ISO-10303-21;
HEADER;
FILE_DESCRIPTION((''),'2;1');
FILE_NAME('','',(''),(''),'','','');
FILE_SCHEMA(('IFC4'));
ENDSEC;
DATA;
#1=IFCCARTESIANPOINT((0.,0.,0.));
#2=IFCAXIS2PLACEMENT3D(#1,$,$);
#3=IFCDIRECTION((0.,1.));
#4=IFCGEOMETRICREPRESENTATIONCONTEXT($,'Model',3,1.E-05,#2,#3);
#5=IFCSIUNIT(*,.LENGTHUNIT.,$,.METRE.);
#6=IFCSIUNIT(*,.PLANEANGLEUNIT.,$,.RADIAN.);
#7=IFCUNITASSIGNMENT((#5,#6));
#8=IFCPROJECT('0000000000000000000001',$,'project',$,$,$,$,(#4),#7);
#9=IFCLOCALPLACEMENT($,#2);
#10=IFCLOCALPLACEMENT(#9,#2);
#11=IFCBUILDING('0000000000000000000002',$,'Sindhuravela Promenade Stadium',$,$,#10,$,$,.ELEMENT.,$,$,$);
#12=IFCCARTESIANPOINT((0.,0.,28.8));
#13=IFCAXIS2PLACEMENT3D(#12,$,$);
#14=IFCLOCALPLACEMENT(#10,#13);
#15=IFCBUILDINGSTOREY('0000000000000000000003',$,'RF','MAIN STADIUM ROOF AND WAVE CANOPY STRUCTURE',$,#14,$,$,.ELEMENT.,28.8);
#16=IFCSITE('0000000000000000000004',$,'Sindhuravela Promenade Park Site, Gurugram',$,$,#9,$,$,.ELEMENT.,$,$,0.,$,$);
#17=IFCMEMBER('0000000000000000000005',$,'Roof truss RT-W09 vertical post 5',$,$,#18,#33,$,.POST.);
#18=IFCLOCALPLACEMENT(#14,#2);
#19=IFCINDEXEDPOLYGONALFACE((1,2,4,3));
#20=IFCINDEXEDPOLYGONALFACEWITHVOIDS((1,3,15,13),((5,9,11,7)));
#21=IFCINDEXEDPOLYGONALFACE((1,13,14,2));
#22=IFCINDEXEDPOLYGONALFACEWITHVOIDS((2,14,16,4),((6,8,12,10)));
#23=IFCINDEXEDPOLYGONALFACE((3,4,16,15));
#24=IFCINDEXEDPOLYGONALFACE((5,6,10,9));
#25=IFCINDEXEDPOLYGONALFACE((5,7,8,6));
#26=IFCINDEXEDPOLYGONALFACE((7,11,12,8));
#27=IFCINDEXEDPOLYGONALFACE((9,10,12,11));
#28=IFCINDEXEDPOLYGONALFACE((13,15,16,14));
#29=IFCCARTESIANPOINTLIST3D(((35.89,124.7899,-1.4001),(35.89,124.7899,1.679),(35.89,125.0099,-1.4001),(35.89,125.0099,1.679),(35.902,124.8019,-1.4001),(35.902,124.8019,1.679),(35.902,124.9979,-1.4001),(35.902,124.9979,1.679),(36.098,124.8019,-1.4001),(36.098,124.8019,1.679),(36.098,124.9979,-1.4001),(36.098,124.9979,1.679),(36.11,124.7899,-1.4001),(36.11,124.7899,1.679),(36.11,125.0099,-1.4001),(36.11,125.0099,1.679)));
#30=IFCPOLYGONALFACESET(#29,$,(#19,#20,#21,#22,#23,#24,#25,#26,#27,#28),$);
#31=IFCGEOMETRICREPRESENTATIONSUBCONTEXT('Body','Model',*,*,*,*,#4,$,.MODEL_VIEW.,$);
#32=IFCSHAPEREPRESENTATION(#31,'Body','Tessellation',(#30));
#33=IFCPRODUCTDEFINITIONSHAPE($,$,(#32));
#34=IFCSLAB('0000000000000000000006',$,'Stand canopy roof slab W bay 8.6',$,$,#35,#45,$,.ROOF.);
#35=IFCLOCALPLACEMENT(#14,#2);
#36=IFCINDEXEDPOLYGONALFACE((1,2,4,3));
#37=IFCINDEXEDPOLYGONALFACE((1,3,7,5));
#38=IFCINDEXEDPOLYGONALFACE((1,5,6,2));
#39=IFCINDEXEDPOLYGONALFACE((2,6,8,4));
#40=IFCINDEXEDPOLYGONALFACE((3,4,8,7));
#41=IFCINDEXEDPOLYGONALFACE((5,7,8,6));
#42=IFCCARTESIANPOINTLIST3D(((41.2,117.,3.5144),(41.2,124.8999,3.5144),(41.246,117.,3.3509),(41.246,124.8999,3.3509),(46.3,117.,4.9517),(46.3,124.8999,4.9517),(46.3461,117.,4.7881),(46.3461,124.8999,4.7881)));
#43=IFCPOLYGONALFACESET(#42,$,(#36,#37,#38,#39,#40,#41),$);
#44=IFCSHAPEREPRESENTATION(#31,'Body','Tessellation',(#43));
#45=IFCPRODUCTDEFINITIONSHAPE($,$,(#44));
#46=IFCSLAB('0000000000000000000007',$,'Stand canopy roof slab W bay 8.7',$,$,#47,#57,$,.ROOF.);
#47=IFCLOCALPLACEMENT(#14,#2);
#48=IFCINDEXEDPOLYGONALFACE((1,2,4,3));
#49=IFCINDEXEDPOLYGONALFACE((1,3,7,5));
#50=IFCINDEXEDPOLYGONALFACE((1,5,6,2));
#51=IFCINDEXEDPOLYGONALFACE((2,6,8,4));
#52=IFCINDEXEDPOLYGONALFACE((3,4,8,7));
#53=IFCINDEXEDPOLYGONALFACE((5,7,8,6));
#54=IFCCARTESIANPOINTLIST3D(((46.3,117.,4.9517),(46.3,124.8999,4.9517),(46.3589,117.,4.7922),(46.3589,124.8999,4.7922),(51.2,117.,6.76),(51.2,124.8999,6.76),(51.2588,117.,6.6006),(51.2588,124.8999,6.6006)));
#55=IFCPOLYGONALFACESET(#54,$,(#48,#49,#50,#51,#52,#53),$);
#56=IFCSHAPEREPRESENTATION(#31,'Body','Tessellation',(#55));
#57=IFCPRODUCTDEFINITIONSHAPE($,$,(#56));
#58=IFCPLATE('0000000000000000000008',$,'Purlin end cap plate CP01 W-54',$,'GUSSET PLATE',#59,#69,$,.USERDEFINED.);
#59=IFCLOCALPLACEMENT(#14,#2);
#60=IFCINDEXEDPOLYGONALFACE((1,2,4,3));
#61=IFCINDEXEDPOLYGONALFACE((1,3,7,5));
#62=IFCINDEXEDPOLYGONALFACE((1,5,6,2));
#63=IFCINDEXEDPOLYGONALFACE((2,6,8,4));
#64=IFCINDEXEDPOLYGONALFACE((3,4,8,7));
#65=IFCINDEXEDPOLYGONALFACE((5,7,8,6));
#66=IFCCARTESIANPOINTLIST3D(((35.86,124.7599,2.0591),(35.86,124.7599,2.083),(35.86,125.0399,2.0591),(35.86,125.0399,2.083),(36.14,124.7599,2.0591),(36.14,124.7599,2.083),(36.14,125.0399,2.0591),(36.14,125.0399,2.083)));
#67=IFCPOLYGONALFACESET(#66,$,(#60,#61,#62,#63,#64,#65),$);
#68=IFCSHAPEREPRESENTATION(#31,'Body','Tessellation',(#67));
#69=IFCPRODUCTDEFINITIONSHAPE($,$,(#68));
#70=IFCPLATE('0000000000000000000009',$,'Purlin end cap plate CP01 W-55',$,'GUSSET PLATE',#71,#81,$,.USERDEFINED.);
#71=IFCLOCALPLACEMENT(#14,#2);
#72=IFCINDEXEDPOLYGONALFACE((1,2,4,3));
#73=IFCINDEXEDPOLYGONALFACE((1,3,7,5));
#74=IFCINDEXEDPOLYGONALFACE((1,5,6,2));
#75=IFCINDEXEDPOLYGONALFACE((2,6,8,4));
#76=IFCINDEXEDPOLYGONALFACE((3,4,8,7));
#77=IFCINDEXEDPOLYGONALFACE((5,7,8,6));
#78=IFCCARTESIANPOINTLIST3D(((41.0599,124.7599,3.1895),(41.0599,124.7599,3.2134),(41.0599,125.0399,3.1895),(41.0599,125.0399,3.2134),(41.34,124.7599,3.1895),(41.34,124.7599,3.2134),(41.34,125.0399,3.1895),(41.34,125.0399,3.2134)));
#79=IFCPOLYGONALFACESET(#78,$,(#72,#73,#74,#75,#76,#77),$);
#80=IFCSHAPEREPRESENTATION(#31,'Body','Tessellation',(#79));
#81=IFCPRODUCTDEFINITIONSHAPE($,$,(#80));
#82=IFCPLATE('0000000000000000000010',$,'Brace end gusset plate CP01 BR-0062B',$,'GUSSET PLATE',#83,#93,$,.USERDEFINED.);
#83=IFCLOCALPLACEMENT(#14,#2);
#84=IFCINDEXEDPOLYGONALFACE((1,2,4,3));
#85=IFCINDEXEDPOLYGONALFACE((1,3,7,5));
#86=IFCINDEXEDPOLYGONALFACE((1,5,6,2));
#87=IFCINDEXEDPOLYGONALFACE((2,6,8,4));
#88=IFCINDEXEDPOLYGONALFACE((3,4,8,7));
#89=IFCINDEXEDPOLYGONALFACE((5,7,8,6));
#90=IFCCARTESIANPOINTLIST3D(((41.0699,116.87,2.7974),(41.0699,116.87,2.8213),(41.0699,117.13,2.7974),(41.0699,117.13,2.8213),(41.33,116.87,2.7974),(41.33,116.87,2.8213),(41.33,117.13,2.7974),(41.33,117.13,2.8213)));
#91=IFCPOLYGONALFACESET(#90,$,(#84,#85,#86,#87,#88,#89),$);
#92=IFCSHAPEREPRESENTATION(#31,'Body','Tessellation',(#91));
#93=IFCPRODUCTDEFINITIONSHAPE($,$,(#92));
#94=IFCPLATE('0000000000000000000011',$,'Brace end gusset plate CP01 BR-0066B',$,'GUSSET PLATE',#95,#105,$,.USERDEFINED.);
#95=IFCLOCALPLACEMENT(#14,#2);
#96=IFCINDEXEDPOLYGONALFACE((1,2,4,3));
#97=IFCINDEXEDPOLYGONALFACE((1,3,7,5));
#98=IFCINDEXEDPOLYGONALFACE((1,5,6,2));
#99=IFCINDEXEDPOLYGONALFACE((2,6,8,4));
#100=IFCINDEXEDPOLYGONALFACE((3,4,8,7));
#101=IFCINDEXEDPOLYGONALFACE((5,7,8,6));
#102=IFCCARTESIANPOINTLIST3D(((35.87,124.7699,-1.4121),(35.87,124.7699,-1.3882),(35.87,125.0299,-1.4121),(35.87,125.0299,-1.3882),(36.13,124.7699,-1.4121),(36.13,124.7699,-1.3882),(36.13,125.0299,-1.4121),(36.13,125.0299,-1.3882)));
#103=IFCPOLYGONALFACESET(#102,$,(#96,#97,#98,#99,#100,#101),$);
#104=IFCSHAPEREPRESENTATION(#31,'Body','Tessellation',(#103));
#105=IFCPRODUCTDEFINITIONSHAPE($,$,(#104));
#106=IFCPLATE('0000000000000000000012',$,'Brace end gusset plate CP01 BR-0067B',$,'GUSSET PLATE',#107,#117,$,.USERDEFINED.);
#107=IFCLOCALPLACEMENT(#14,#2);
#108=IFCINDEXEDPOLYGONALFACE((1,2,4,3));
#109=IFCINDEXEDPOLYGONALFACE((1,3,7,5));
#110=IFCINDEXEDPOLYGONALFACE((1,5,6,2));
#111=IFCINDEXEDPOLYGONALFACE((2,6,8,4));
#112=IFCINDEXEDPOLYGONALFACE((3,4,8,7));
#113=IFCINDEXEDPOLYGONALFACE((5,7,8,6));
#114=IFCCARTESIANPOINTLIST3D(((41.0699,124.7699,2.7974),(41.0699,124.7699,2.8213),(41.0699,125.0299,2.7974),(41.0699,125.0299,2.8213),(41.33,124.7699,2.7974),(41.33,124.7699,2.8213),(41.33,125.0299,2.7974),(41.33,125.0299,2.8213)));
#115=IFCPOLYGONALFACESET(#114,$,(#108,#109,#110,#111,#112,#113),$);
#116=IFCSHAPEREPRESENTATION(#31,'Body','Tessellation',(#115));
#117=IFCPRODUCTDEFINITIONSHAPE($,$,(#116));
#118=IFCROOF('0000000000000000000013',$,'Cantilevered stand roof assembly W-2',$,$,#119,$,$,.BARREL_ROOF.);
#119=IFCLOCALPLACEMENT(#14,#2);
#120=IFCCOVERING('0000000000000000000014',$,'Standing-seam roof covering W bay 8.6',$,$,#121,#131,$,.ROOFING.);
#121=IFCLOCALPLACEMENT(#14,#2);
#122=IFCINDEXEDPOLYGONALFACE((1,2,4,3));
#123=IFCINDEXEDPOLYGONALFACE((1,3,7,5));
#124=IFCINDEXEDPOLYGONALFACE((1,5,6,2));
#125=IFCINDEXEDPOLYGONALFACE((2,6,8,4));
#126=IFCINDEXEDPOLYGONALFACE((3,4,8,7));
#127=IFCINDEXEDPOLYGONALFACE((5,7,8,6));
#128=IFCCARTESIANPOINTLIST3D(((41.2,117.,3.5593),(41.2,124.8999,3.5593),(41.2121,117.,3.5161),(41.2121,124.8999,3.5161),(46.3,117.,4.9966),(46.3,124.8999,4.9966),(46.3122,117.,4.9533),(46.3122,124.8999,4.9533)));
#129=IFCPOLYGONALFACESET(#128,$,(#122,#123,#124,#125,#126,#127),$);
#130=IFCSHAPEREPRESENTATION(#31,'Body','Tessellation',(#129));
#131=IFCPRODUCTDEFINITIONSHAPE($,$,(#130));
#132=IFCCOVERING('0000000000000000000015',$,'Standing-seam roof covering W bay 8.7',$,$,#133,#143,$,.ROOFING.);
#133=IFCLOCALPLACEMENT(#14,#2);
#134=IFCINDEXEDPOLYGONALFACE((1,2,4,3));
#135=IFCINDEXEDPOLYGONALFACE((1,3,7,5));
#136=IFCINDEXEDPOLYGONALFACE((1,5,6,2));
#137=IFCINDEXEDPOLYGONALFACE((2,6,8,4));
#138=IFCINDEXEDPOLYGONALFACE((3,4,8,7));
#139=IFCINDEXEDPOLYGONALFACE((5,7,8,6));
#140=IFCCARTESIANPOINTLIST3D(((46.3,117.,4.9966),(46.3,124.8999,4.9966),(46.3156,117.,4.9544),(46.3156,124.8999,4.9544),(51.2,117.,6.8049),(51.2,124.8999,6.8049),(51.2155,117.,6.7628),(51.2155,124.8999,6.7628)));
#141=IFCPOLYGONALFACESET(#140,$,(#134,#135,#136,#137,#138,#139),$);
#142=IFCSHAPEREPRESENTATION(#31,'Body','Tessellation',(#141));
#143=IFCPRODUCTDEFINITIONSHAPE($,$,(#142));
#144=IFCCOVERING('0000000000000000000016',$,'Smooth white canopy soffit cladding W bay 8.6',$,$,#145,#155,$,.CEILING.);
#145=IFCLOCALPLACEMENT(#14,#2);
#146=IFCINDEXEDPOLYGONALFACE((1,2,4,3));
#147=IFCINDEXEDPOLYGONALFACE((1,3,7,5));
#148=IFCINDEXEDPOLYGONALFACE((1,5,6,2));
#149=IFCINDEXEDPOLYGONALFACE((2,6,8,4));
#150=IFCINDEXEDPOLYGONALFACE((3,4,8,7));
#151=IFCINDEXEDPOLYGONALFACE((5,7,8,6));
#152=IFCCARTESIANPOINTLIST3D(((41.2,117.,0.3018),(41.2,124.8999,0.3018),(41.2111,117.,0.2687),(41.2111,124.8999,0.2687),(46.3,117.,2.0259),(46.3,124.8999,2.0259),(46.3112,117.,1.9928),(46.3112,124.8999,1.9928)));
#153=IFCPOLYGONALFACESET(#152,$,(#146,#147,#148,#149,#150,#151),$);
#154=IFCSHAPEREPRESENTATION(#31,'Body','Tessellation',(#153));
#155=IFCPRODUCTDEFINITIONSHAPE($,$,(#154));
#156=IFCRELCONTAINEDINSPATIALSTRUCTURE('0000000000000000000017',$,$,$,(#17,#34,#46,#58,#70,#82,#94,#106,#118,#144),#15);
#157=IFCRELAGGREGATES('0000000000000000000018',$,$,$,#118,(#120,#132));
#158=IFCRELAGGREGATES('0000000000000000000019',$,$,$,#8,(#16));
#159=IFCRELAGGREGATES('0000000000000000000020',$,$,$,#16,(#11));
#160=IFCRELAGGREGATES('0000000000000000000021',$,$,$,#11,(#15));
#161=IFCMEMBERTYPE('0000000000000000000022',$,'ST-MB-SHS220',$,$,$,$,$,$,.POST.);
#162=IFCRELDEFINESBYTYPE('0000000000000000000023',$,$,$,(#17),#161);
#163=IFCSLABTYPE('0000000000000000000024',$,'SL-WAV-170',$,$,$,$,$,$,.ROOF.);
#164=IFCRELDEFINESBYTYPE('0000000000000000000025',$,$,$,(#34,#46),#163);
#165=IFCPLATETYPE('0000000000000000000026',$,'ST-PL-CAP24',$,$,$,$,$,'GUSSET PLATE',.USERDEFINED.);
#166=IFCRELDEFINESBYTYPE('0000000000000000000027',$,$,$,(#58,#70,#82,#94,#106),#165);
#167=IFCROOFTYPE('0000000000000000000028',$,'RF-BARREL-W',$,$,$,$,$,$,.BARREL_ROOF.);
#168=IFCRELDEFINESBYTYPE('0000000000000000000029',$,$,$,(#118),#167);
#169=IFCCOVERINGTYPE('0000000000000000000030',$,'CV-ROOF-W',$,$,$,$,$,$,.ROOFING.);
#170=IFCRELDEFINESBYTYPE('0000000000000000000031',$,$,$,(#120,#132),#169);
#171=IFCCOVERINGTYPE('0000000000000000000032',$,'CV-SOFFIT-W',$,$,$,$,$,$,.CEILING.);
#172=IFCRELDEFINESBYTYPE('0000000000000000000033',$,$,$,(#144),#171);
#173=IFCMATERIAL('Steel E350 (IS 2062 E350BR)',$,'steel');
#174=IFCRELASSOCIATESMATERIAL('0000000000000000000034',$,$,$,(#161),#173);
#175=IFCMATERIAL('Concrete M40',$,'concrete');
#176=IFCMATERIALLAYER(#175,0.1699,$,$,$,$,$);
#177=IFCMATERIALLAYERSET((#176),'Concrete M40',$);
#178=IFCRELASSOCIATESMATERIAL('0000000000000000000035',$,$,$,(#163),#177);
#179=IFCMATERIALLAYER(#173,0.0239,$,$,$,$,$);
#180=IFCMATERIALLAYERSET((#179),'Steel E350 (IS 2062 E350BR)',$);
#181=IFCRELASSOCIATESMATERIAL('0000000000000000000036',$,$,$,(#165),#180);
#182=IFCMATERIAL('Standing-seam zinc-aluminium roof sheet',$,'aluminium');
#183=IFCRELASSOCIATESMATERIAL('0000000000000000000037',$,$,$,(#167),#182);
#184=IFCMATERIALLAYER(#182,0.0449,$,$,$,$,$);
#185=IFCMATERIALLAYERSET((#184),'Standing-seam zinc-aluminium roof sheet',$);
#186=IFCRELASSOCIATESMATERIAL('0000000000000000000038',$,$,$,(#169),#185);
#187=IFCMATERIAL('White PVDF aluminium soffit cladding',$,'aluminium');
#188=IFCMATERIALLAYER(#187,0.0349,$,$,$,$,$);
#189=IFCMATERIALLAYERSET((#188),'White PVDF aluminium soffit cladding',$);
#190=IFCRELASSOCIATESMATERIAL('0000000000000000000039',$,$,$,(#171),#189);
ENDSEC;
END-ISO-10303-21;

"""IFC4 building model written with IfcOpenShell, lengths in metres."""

from ifc_helpers import new_model, si_unit, direction, frame, origin, origin_2d, place, context, subcontext, project, spatial, polyline, rectangle, hollow_rectangle, outline, extrude, material, layer, layer_set, material_profile, profile_set, type_object, element, aggregate, save


model = new_model("IFC4")

# Units and contexts
model_context = context("Model", 3, precision=1e-05, world=origin(), true_north=direction((0.0, 1.0)))
body_context = subcontext(model_context, "Body", "Model", "MODEL_VIEW")
ifc_project = project(units=[si_unit("LENGTHUNIT", "METRE"), si_unit("PLANEANGLEUNIT", "RADIAN")], contexts=[model_context])

# Site, building, storey
site_placement = place(None, origin())
site = spatial("IfcSite", under=ifc_project, at=site_placement, Name="Sindhuravela Promenade Park Site, Gurugram", CompositionType="ELEMENT", RefElevation=0.0)
building_placement = place(site_placement, origin())
building = spatial("IfcBuilding", under=site, at=building_placement, Name="Sindhuravela Promenade Stadium", CompositionType="ELEMENT")
storey_placement = place(building_placement, frame((0.0, 0.0, 28.8)))
storey = spatial("IfcBuildingStorey", under=building, at=storey_placement, Name="RF", Description="MAIN STADIUM ROOF AND WAVE CANOPY STRUCTURE", CompositionType="ELEMENT", Elevation=28.8)

# Shared definitions
ifc_material_1 = material(Name="Steel E350 (IS 2062 E350BR)", Category="steel")

# Member
ifc_material_profile_1 = material_profile(ifc_material_1, hollow_rectangle(XDim=0.22, YDim=0.22, WallThickness=0.012, at=origin_2d()), Name="SHS 220x220x12")
ifc_profile_set_1 = profile_set([ifc_material_profile_1], Name="Steel E350 (IS 2062 E350BR)")
member_type_1 = type_object("IfcMemberType", Name="ST-MB-SHS220", PredefinedType="POST", material=ifc_profile_set_1)
member_1_placement = place(storey_placement, frame((36.0, 124.8999, -1.4001), z_axis=(0.0, 0.0, 1.0), x_axis=(1.0, 0.0, 0.0)))
element("IfcMember", 1, at=member_1_placement, inside=storey, type_object=member_type_1, Name="Roof truss RT-W09 vertical post 5", PredefinedType="POST", context=body_context, shape_type="SweptSolid", body=[
    extrude(hollow_rectangle(XDim=0.22, YDim=0.22, WallThickness=0.012, at=origin_2d()), origin(), (0.0, 0.0, 1.0), 3.0791),
])

# Slabs
ifc_material_2 = material(Name="Concrete M40", Category="concrete")
ifc_layer_1 = layer(ifc_material_2, 0.1699)
ifc_layer_set_1 = layer_set([ifc_layer_1], Name="Concrete M40")
slab_type = type_object("IfcSlabType", Name="SL-WAV-170", PredefinedType="ROOF", material=ifc_layer_set_1)
slab_1_placement = place(storey_placement, frame((41.2, 117.0, 3.5144), z_axis=(-0.271245, 0.0, 0.96251), x_axis=(0.0, 1.0, 0.0)))
element("IfcSlab", 2, at=slab_1_placement, inside=storey, type_object=slab_type, Name="Stand canopy roof slab W bay 8.6", PredefinedType="ROOF", context=body_context, shape_type="SweptSolid", body=[
    extrude(outline(polyline([(0.0, 0.0), (0.0, -5.2987), (7.8999, -5.2987), (7.8999, 0.0), (0.0, 0.0)])), origin(), (0.0, 0.0, -1.0), 0.1699),
])
slab_2_placement = place(storey_placement, frame((46.3, 117.0, 4.9517), z_axis=(-0.346232, 0.0, 0.938149), x_axis=(0.0, 1.0, 0.0)))
element("IfcSlab", 3, at=slab_2_placement, inside=storey, type_object=slab_type, Name="Stand canopy roof slab W bay 8.7", PredefinedType="ROOF", context=body_context, shape_type="SweptSolid", body=[
    extrude(outline(polyline([(0.0, 0.0), (0.0, -5.2229), (7.8999, -5.2229), (7.8999, 0.0), (0.0, 0.0)])), origin(), (0.0, 0.0, -1.0), 0.1699),
])

# Plates
ifc_layer_2 = layer(ifc_material_1, 0.0239)
ifc_layer_set_2 = layer_set([ifc_layer_2], Name="Steel E350 (IS 2062 E350BR)")
plate_type = type_object("IfcPlateType", Name="ST-PL-CAP24", ElementType="GUSSET PLATE", PredefinedType="USERDEFINED", material=ifc_layer_set_2)
for number, where, z_axis, x_axis, name in (
    (4, (36.0, 124.8999, 2.0591), (0.0, 0.0, 1.0), (1.0, 0.0, 0.0), "Purlin end cap plate CP01 W-54"),
    (5, (41.2, 124.8999, 3.1895), (0.0, 0.0, 1.0), (1.0, 0.0, 0.0), "Purlin end cap plate CP01 W-55"),
):
    element("IfcPlate", number, at=place(storey_placement, frame(where, z_axis=z_axis, x_axis=x_axis)), inside=storey, type_object=plate_type, Name=name, ObjectType="GUSSET PLATE", PredefinedType="USERDEFINED", context=body_context, shape_type="SweptSolid", body=[
        extrude(rectangle(XDim=0.28, YDim=0.28, at=origin_2d()), origin(), (0.0, 0.0, 1.0), 0.0239),
    ])
for number, where, z_axis, x_axis, name in (
    (6, (41.2, 117.0, 2.7974), (0.0, 0.0, 1.0), (1.0, 0.0, 0.0), "Brace end gusset plate CP01 BR-0062B"),
    (7, (36.0, 124.8999, -1.4121), (0.0, 0.0, 1.0), (1.0, 0.0, 0.0), "Brace end gusset plate CP01 BR-0066B"),
    (8, (41.2, 124.8999, 2.7974), (0.0, 0.0, 1.0), (1.0, 0.0, 0.0), "Brace end gusset plate CP01 BR-0067B"),
):
    element("IfcPlate", number, at=place(storey_placement, frame(where, z_axis=z_axis, x_axis=x_axis)), inside=storey, type_object=plate_type, Name=name, ObjectType="GUSSET PLATE", PredefinedType="USERDEFINED", context=body_context, shape_type="SweptSolid", body=[
        extrude(rectangle(XDim=0.26, YDim=0.26, at=origin_2d()), origin(), (0.0, 0.0, 1.0), 0.0239),
    ])

# Roof, coverings
ifc_material_3 = material(Name="Standing-seam zinc-aluminium roof sheet", Category="aluminium")
roof_type = type_object("IfcRoofType", Name="RF-BARREL-W", PredefinedType="BARREL_ROOF", material=ifc_material_3)
roof_placement = place(storey_placement, origin())
roof = element("IfcRoof", 9, at=roof_placement, inside=storey, type_object=roof_type, Name="Cantilevered stand roof assembly W-2", PredefinedType="BARREL_ROOF")
ifc_layer_3 = layer(ifc_material_3, 0.0449)
ifc_layer_set_3 = layer_set([ifc_layer_3], Name="Standing-seam zinc-aluminium roof sheet")
covering_type_1 = type_object("IfcCoveringType", Name="CV-ROOF-W", PredefinedType="ROOFING", material=ifc_layer_set_3)
covering_1_placement = place(storey_placement, frame((41.2, 117.0, 3.5593), z_axis=(-0.271245, 0.0, 0.96251), x_axis=(0.0, 1.0, 0.0)))
covering_1 = element("IfcCovering", 10, at=covering_1_placement, type_object=covering_type_1, Name="Standing-seam roof covering W bay 8.6", PredefinedType="ROOFING", context=body_context, shape_type="SweptSolid", body=[
    extrude(outline(polyline([(0.0, 0.0), (0.0, -5.2987), (7.8999, -5.2987), (7.8999, 0.0), (0.0, 0.0)])), origin(), (0.0, 0.0, -1.0), 0.0449),
])
covering_2_placement = place(storey_placement, frame((46.3, 117.0, 4.9966), z_axis=(-0.346232, 0.0, 0.938149), x_axis=(0.0, 1.0, 0.0)))
covering_2 = element("IfcCovering", 11, at=covering_2_placement, type_object=covering_type_1, Name="Standing-seam roof covering W bay 8.7", PredefinedType="ROOFING", context=body_context, shape_type="SweptSolid", body=[
    extrude(outline(polyline([(0.0, 0.0), (0.0, -5.2229), (7.8999, -5.2229), (7.8999, 0.0), (0.0, 0.0)])), origin(), (0.0, 0.0, -1.0), 0.0449),
])
aggregate(roof, [covering_1, covering_2])

# Covering
ifc_material_4 = material(Name="White PVDF aluminium soffit cladding", Category="aluminium")
ifc_layer_4 = layer(ifc_material_4, 0.0349)
ifc_layer_set_4 = layer_set([ifc_layer_4], Name="White PVDF aluminium soffit cladding")
covering_type_2 = type_object("IfcCoveringType", Name="CV-SOFFIT-W", PredefinedType="CEILING", material=ifc_layer_set_4)
covering_3_placement = place(storey_placement, frame((41.2, 117.0, 0.3018), z_axis=(-0.320252, 0.0, 0.947332), x_axis=(0.0, 1.0, 0.0)))
element("IfcCovering", 12, at=covering_3_placement, inside=storey, type_object=covering_type_2, Name="Smooth white canopy soffit cladding W bay 8.6", PredefinedType="CEILING", context=body_context, shape_type="SweptSolid", body=[
    extrude(outline(polyline([(0.0, 0.0), (0.0, -5.3836), (7.8999, -5.3836), (7.8999, 0.0), (0.0, 0.0)])), origin(), (0.0, 0.0, -1.0), 0.0349),
])

save(model, "model.ifc")
